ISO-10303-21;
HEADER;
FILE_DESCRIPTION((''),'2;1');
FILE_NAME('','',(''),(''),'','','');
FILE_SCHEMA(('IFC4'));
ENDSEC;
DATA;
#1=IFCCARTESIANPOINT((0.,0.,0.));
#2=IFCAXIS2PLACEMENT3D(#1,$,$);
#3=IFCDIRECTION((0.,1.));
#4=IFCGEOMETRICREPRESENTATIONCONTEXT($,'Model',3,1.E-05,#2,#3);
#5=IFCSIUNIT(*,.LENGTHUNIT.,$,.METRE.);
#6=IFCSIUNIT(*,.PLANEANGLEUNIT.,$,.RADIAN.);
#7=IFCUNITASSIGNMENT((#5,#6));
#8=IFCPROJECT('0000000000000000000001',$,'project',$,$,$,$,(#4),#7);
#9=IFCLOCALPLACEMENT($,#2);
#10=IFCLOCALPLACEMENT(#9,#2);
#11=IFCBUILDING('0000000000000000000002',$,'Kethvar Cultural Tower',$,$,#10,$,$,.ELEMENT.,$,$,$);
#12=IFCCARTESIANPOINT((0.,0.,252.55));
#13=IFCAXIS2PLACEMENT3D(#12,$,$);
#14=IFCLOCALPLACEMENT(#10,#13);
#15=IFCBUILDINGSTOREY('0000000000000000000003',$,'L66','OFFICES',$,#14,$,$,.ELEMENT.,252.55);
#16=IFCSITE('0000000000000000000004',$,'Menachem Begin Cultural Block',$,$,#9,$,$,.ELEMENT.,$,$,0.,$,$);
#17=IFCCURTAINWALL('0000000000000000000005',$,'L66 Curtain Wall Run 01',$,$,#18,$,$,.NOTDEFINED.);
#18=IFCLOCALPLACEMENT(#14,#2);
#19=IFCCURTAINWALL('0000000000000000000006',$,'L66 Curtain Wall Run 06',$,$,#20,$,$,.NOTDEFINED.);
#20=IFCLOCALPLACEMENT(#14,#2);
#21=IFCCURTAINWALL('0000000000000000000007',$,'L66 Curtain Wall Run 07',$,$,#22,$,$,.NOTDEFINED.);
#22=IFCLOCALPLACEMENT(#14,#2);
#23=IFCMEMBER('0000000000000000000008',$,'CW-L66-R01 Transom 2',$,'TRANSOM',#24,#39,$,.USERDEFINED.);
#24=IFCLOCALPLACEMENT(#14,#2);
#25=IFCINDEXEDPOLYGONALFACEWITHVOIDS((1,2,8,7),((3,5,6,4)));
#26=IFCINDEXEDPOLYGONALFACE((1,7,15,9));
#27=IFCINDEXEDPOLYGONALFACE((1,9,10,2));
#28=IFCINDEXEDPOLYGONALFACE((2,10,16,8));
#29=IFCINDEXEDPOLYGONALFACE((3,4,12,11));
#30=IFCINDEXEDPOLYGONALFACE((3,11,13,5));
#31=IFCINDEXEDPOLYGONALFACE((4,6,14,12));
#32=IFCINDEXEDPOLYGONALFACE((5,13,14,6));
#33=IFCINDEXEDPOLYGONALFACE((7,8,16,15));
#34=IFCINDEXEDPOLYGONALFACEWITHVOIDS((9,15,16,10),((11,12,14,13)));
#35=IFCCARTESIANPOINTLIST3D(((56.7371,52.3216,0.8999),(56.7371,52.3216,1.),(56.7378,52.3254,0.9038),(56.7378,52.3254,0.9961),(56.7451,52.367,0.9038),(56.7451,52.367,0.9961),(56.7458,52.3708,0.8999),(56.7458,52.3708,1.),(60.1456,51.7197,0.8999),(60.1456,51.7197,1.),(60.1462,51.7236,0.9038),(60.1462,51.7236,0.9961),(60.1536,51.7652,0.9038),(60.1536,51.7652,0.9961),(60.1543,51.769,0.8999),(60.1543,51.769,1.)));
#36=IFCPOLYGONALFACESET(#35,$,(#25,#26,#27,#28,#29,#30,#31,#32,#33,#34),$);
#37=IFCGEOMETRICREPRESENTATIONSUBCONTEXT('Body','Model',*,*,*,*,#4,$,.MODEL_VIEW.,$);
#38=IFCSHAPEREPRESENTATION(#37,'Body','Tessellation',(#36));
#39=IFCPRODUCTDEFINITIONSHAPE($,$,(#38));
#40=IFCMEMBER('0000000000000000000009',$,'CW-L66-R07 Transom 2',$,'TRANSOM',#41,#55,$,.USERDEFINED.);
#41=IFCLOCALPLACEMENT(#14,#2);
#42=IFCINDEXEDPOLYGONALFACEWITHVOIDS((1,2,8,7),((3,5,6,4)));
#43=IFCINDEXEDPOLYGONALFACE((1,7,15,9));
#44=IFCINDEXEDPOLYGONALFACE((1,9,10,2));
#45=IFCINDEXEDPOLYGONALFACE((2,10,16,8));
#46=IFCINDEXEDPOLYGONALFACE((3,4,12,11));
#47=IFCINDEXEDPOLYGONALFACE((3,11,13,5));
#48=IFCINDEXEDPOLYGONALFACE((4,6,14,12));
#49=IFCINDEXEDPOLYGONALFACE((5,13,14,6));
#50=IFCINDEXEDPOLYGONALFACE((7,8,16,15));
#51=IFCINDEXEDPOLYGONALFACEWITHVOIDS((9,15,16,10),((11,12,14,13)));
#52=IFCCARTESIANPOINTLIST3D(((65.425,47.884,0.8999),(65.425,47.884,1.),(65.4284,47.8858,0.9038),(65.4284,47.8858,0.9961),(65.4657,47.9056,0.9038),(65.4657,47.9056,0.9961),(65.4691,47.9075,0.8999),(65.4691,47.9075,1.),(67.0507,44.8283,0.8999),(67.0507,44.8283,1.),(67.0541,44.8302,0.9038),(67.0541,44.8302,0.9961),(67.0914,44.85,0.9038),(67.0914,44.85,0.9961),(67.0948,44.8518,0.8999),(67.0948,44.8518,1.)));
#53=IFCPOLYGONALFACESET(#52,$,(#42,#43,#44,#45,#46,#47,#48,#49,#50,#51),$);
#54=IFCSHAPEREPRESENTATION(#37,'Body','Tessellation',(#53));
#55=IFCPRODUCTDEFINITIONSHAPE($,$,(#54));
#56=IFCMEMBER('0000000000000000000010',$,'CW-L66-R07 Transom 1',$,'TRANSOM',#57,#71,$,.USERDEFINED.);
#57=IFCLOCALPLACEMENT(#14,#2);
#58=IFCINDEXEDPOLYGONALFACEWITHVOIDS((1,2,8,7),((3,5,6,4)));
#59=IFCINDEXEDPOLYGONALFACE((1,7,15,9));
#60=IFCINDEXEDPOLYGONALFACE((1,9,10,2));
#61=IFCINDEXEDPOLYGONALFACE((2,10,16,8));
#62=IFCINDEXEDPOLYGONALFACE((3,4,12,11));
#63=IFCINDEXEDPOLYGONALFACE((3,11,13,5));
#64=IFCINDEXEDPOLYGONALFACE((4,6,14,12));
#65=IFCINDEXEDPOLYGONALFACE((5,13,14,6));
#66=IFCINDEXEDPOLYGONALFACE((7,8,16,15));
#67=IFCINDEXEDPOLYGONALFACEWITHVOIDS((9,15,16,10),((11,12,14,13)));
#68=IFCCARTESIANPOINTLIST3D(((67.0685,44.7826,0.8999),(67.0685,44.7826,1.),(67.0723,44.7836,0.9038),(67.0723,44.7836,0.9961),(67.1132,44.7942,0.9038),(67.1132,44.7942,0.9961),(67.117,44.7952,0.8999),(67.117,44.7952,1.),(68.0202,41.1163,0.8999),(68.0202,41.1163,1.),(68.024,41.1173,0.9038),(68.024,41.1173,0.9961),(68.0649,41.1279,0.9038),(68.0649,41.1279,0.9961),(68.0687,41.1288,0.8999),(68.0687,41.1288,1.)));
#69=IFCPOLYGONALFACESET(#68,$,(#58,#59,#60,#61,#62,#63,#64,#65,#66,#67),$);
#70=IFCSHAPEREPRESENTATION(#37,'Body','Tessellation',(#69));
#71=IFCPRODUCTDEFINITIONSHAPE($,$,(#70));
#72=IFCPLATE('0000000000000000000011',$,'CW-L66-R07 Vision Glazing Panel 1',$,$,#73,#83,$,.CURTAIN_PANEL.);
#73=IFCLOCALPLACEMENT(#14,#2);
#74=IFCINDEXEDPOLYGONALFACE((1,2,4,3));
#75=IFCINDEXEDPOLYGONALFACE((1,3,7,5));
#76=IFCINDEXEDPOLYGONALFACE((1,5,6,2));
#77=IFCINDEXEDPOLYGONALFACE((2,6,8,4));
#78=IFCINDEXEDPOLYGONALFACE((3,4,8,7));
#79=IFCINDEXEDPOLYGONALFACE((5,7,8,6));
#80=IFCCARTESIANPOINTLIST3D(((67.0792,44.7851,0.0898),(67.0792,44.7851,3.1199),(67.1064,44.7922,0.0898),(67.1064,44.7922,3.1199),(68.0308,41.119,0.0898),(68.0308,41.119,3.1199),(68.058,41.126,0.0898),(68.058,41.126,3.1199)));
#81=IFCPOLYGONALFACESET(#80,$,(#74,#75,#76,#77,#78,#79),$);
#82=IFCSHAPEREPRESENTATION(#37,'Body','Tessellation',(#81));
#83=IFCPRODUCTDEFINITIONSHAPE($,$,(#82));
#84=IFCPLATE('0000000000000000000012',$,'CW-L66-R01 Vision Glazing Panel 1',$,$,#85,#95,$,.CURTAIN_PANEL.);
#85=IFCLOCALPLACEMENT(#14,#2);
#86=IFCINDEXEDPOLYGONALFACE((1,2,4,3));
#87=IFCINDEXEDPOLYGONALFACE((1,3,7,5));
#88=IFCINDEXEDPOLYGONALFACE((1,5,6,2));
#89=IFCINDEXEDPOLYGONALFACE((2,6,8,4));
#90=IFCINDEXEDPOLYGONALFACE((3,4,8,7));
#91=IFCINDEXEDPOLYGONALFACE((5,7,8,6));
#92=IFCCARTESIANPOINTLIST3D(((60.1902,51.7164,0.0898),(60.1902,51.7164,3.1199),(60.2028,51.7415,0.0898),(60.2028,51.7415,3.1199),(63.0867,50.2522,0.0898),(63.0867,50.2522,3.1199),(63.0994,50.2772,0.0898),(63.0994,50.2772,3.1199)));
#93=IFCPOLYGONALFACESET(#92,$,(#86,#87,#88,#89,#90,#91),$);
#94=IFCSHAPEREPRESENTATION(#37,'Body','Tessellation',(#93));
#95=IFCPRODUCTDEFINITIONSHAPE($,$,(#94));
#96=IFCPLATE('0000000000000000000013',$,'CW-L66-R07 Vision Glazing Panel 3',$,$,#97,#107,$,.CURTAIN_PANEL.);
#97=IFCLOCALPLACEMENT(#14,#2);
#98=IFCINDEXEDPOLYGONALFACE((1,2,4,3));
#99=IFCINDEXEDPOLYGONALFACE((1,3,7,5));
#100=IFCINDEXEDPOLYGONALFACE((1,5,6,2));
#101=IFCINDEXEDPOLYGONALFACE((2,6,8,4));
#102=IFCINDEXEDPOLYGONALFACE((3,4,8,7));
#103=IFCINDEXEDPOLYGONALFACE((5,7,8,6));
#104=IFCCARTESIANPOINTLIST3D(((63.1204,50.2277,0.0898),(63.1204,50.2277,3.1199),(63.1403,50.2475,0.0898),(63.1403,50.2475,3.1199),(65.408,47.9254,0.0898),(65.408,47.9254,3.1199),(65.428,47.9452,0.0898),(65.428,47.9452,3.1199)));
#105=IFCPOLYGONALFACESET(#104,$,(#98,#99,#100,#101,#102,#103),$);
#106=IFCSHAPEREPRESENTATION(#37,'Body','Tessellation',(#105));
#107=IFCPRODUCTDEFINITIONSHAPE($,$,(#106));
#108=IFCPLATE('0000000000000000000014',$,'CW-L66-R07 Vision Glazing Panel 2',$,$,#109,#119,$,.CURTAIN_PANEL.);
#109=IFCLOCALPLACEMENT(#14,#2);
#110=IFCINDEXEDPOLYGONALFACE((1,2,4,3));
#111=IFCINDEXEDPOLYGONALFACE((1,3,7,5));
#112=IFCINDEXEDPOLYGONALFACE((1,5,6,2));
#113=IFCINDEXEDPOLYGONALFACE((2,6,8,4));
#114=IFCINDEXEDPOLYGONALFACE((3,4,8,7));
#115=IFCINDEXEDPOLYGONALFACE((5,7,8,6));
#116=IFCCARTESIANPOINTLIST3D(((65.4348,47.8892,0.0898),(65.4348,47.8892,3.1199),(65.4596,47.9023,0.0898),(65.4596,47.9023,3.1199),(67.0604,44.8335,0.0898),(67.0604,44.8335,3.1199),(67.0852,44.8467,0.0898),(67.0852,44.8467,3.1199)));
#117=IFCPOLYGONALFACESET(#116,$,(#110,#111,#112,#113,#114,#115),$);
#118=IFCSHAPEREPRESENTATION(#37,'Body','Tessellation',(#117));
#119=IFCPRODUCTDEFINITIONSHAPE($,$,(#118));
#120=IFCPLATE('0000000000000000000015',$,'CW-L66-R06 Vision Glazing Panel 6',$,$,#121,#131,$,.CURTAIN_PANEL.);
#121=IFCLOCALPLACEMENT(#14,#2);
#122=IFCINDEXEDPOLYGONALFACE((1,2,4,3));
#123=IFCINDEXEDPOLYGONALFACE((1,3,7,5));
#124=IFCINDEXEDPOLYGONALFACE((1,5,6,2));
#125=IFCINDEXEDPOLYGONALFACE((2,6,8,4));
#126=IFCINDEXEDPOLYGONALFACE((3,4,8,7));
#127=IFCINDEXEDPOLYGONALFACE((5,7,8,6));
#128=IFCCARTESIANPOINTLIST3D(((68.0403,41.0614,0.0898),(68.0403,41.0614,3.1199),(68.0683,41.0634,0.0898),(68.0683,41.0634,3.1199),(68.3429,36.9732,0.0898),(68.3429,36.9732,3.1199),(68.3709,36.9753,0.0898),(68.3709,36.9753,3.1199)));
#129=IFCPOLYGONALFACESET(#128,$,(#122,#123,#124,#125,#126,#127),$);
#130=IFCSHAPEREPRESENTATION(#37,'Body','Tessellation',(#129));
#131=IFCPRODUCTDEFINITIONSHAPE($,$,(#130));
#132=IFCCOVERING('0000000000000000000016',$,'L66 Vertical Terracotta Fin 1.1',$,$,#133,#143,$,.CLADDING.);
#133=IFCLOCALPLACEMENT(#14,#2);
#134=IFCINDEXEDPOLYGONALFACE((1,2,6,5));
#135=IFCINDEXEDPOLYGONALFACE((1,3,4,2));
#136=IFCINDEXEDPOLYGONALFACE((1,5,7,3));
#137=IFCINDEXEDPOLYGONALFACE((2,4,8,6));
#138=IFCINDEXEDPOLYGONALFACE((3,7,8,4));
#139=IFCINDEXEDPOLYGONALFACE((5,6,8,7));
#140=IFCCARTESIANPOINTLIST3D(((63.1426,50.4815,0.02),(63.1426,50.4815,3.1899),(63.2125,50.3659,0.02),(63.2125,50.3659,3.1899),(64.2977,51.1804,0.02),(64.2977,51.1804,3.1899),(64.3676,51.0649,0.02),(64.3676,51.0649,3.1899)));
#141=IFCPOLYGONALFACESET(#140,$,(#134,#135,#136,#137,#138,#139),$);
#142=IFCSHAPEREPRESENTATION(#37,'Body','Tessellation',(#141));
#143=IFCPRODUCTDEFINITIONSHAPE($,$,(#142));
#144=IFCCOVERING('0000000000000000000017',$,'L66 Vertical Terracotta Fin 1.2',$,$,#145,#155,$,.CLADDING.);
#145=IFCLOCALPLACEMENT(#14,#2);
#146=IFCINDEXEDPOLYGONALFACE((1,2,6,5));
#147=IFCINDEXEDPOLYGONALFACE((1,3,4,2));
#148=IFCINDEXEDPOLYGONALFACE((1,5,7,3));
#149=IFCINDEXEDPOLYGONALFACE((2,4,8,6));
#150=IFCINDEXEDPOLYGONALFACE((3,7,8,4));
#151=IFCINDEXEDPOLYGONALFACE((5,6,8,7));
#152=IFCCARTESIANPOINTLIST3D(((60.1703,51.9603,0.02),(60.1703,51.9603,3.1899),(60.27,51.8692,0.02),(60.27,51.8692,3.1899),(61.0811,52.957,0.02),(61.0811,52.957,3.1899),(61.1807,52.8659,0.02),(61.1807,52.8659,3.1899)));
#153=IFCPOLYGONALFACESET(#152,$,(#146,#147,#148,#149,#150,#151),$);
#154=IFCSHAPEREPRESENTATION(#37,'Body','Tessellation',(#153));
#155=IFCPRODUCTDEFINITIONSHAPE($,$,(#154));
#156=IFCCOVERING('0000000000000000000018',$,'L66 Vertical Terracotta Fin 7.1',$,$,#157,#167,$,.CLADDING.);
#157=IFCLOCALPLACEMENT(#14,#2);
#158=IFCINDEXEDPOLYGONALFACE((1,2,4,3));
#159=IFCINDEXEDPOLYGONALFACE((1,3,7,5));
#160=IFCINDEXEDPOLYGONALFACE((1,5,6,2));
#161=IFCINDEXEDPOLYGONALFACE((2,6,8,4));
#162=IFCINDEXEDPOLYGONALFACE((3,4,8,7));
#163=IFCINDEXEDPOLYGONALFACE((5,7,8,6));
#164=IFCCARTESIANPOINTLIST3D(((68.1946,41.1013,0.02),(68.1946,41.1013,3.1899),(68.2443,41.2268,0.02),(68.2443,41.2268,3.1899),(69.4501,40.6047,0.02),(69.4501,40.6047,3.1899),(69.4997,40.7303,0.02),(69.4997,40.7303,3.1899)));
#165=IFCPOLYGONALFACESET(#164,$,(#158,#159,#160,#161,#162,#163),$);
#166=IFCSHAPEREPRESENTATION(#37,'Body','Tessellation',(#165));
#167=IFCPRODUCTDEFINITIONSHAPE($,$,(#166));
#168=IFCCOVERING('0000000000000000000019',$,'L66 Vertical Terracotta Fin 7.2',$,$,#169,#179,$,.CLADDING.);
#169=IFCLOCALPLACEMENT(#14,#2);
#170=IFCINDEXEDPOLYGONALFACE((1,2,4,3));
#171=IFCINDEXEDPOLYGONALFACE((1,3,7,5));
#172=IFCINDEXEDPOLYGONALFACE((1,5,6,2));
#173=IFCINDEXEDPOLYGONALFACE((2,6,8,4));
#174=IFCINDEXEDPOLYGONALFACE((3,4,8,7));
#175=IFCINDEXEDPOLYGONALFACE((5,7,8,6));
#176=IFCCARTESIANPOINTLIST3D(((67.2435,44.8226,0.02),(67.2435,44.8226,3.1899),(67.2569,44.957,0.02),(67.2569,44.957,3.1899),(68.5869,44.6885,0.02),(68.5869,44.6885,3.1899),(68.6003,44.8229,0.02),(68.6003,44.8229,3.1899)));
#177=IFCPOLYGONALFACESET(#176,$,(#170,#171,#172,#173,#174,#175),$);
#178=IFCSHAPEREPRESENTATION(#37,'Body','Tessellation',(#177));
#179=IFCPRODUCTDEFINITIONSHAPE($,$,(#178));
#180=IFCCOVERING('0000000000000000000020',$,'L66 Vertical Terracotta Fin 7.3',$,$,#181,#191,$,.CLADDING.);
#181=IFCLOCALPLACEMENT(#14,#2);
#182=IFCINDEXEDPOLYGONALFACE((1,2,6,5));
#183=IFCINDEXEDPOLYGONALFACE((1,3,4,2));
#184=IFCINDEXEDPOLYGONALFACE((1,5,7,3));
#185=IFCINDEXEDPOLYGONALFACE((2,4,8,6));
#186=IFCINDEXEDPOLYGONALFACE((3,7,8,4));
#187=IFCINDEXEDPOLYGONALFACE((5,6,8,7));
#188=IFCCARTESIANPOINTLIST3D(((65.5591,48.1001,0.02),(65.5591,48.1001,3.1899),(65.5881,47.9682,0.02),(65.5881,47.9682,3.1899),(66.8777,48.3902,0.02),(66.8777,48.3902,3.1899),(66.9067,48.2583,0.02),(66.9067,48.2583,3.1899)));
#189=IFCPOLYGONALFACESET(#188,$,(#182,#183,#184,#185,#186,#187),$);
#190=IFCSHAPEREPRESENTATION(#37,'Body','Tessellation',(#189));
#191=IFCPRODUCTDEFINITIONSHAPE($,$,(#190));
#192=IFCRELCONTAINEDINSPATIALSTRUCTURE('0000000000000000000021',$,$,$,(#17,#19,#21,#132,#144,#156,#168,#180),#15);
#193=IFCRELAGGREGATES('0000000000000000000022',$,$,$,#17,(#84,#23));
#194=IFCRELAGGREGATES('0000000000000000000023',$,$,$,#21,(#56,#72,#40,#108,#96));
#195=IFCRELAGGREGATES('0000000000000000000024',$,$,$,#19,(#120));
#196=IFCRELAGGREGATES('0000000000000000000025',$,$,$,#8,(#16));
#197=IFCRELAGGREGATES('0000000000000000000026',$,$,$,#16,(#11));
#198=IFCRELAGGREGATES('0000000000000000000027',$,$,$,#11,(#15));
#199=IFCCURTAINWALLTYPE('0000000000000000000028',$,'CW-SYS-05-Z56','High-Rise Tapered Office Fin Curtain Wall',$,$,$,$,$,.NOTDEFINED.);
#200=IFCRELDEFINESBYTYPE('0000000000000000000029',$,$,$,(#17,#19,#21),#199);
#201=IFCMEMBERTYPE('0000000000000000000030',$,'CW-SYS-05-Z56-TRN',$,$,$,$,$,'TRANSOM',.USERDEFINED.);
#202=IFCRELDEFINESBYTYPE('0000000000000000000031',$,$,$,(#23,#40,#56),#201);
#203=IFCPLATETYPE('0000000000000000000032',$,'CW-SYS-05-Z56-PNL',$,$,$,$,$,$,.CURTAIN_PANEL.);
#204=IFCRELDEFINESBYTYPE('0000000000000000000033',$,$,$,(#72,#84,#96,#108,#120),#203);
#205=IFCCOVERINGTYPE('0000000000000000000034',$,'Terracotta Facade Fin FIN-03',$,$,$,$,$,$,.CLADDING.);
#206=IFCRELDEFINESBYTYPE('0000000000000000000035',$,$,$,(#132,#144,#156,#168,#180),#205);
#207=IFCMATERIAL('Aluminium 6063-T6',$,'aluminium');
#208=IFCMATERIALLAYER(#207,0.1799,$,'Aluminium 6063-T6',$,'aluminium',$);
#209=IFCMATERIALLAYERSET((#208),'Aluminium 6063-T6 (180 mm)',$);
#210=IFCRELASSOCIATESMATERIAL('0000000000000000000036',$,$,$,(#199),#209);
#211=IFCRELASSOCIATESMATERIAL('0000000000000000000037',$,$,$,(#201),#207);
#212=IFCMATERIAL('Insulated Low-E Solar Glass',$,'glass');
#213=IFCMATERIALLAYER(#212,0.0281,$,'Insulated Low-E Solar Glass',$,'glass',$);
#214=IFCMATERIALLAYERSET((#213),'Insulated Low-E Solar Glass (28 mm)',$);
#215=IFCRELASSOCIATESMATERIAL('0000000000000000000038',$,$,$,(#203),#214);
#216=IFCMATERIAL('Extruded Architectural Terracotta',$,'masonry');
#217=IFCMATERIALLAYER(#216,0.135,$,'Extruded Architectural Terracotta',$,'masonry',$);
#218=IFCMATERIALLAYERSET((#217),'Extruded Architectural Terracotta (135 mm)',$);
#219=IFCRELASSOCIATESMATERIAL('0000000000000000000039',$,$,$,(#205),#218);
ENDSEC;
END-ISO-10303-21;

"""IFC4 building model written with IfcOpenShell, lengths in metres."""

from ifc_helpers import new_model, si_unit, direction, frame, origin, origin_2d, place, context, subcontext, project, spatial, rectangle, hollow_rectangle, extrude, source, transform, mapped, material, layer, layer_set, material_profile, profile_set, type_object, element, aggregate, save


model = new_model("IFC4")

# Units and contexts
model_context = context("Model", 3, precision=1e-05, world=origin(), true_north=direction((0.0, 1.0)))
body_context = subcontext(model_context, "Body", "Model", "MODEL_VIEW")
ifc_project = project(units=[si_unit("LENGTHUNIT", "METRE"), si_unit("PLANEANGLEUNIT", "RADIAN")], contexts=[model_context])

# Site, building, storey
site_placement = place(None, origin())
site = spatial("IfcSite", under=ifc_project, at=site_placement, Name="Menachem Begin Cultural Block", CompositionType="ELEMENT", RefElevation=0.0)
building_placement = place(site_placement, origin())
building = spatial("IfcBuilding", under=site, at=building_placement, Name="Kethvar Cultural Tower", CompositionType="ELEMENT")
storey_placement = place(building_placement, frame((0.0, 0.0, 252.55)))
storey = spatial("IfcBuildingStorey", under=building, at=storey_placement, Name="L66", Description="OFFICES", CompositionType="ELEMENT", Elevation=252.55)

# Curtain wall
ifc_material_1 = material(Name="Aluminium 6063-T6", Category="aluminium")
ifc_layer_1 = layer(ifc_material_1, 0.1799, Name="Aluminium 6063-T6", Category="aluminium")
ifc_layer_set_1 = layer_set([ifc_layer_1], Name="Aluminium 6063-T6 (180 mm)")
curtain_wall_type = type_object("IfcCurtainWallType", Name="CW-SYS-05-Z56", Description="High-Rise Tapered Office Fin Curtain Wall", PredefinedType="NOTDEFINED", material=ifc_layer_set_1)
curtain_wall_1_placement = place(storey_placement, origin())
curtain_wall_1 = element("IfcCurtainWall", 1, at=curtain_wall_1_placement, inside=storey, type_object=curtain_wall_type, Name="L66 Curtain Wall Run 01", PredefinedType="NOTDEFINED")

# Curtain wall
curtain_wall_2_placement = place(storey_placement, origin())
curtain_wall_2 = element("IfcCurtainWall", 2, at=curtain_wall_2_placement, inside=storey, type_object=curtain_wall_type, Name="L66 Curtain Wall Run 06", PredefinedType="NOTDEFINED")

# Curtain wall
curtain_wall_3_placement = place(storey_placement, origin())
curtain_wall_3 = element("IfcCurtainWall", 3, at=curtain_wall_3_placement, inside=storey, type_object=curtain_wall_type, Name="L66 Curtain Wall Run 07", PredefinedType="NOTDEFINED")

# Members
ifc_material_profile_1 = material_profile(ifc_material_1, hollow_rectangle(XDim=0.05, YDim=0.1001, WallThickness=0.0039, at=origin_2d()), Name="Aluminium 6063-T6 — RHS100x50x4")
ifc_profile_set_1 = profile_set([ifc_material_profile_1], Name="Aluminium 6063-T6 — RHS100x50x4")
member_type_1 = type_object("IfcMemberType", Name="CW-SYS-05-Z56-TRN", ElementType="TRANSOM", PredefinedType="USERDEFINED", material=ifc_profile_set_1)
shared_shape_1 = source(origin(), body_context, "Body", "SweptSolid", [
    extrude(hollow_rectangle(XDim=0.05, YDim=0.1001, WallThickness=0.0039, at=origin_2d()), origin(), (0.0, 0.0, 1.0), 3.4612),
])
member_1_placement = place(storey_placement, frame((60.1499, 51.7444, 0.95), z_axis=(-0.984768, 0.173874, 0.0), x_axis=(-0.173874, -0.984768, 0.0)))
member_1 = element("IfcMember", 4, at=member_1_placement, type_object=member_type_1, Name="CW-L66-R01 Transom 2", ObjectType="TRANSOM", PredefinedType="USERDEFINED", context=body_context, shape_type="MappedRepresentation", body=[
    mapped(shared_shape_1, transform((0.0, 0.0, 0.0), scale=1.0)),
])
member_2_placement = place(storey_placement, frame((67.0728, 44.8401, 0.95), z_axis=(-0.469698, 0.882827, 0.0), x_axis=(-0.882827, -0.469698, 0.0)))
member_2 = element("IfcMember", 5, at=member_2_placement, type_object=member_type_1, Name="CW-L66-R07 Transom 2", ObjectType="TRANSOM", PredefinedType="USERDEFINED", context=body_context, shape_type="MappedRepresentation", body=[
    mapped(shared_shape_1, transform((0.0, 0.0, 0.0), scale=1.0)),
])
shared_shape_2 = source(origin(), body_context, "Body", "SweptSolid", [
    extrude(hollow_rectangle(XDim=0.05, YDim=0.1001, WallThickness=0.0039, at=origin_2d()), origin(), (0.0, 0.0, 1.0), 3.7878),
])
member_3_placement = place(storey_placement, frame((68.0444, 41.1226, 0.95), z_axis=(-0.251246, 0.967923, 0.0), x_axis=(-0.967923, -0.251246, 0.0)))
member_3 = element("IfcMember", 6, at=member_3_placement, type_object=member_type_1, Name="CW-L66-R07 Transom 1", ObjectType="TRANSOM", PredefinedType="USERDEFINED", context=body_context, shape_type="MappedRepresentation", body=[
    mapped(shared_shape_2, transform((0.0, 0.0, 0.0), scale=1.0)),
])

# Plates
ifc_material_2 = material(Name="Insulated Low-E Solar Glass", Category="glass")
ifc_layer_2 = layer(ifc_material_2, 0.0281, Name="Insulated Low-E Solar Glass", Category="glass")
ifc_layer_set_2 = layer_set([ifc_layer_2], Name="Insulated Low-E Solar Glass (28 mm)")
plate_type = type_object("IfcPlateType", Name="CW-SYS-05-Z56-PNL", PredefinedType="CURTAIN_PANEL", material=ifc_layer_set_2)
shared_shape_3 = source(origin(), body_context, "Body", "SweptSolid", [
    extrude(rectangle(XDim=3.7876, YDim=0.0281, at=origin_2d()), origin(), (0.0, 0.0, 1.0), 3.03),
])
plate_1_placement = place(storey_placement, frame((67.5686, 42.9556, 0.0898), z_axis=(0.0, 0.0, 1.0), x_axis=(-0.251225, 0.967929, 0.0)))
plate_1 = element("IfcPlate", 7, at=plate_1_placement, type_object=plate_type, Name="CW-L66-R07 Vision Glazing Panel 1", PredefinedType="CURTAIN_PANEL", context=body_context, shape_type="MappedRepresentation", body=[
    mapped(shared_shape_3, transform((0.0, 0.0, 0.0), scale=1.0)),
])
shared_shape_4 = source(origin(), body_context, "Body", "SweptSolid", [
    extrude(rectangle(XDim=3.2456, YDim=0.0281, at=origin_2d()), origin(), (0.0, 0.0, 1.0), 3.03),
])
plate_2_placement = place(storey_placement, frame((61.6448, 50.9968, 0.0898), z_axis=(0.0, 0.0, 1.0), x_axis=(-0.892452, 0.451142, 0.0)))
plate_2 = element("IfcPlate", 8, at=plate_2_placement, type_object=plate_type, Name="CW-L66-R01 Vision Glazing Panel 1", PredefinedType="CURTAIN_PANEL", context=body_context, shape_type="MappedRepresentation", body=[
    mapped(shared_shape_4, transform((0.0, 0.0, 0.0), scale=1.0)),
])
aggregate(curtain_wall_1, [plate_2, member_1])
plate_3_placement = place(storey_placement, frame((64.2742, 49.0864, 0.0898), z_axis=(0.0, 0.0, 1.0), x_axis=(-0.704845, 0.709362, 0.0)))
plate_3 = element("IfcPlate", 9, at=plate_3_placement, type_object=plate_type, Name="CW-L66-R07 Vision Glazing Panel 3", PredefinedType="CURTAIN_PANEL", context=body_context, shape_type="MappedRepresentation", body=[
    mapped(shared_shape_4, transform((0.0, 0.0, 0.0), scale=1.0)),
])
shared_shape_5 = source(origin(), body_context, "Body", "SweptSolid", [
    extrude(rectangle(XDim=3.4612, YDim=0.0281, at=origin_2d()), origin(), (0.0, 0.0, 1.0), 3.03),
])
plate_4_placement = place(storey_placement, frame((66.26, 46.3679, 0.0898), z_axis=(0.0, 0.0, 1.0), x_axis=(-0.469672, 0.882841, 0.0)))
plate_4 = element("IfcPlate", 10, at=plate_4_placement, type_object=plate_type, Name="CW-L66-R07 Vision Glazing Panel 2", PredefinedType="CURTAIN_PANEL", context=body_context, shape_type="MappedRepresentation", body=[
    mapped(shared_shape_5, transform((0.0, 0.0, 0.0), scale=1.0)),
])
aggregate(curtain_wall_3, [member_3, plate_1, member_2, plate_4, plate_3])
shared_shape_6 = source(origin(), body_context, "Body", "SweptSolid", [
    extrude(rectangle(XDim=4.0994, YDim=0.0281, at=origin_2d()), origin(), (0.0, 0.0, 1.0), 3.03),
])
plate_5_placement = place(storey_placement, frame((68.2056, 39.0183, 0.0898), z_axis=(0.0, 0.0, 1.0), x_axis=(-0.073813, 0.997272, 0.0)))
plate_5 = element("IfcPlate", 11, at=plate_5_placement, type_object=plate_type, Name="CW-L66-R06 Vision Glazing Panel 6", PredefinedType="CURTAIN_PANEL", context=body_context, shape_type="MappedRepresentation", body=[
    mapped(shared_shape_6, transform((0.0, 0.0, 0.0), scale=1.0)),
])
aggregate(curtain_wall_2, [plate_5])

# Coverings
ifc_material_3 = material(Name="Extruded Architectural Terracotta", Category="masonry")
ifc_layer_3 = layer(ifc_material_3, 0.135, Name="Extruded Architectural Terracotta", Category="masonry")
ifc_layer_set_3 = layer_set([ifc_layer_3], Name="Extruded Architectural Terracotta (135 mm)")
covering_type = type_object("IfcCoveringType", Name="Terracotta Facade Fin FIN-03", PredefinedType="CLADDING", material=ifc_layer_set_3)
shared_shape_7 = source(origin(), body_context, "Body", "SweptSolid", [
    extrude(rectangle(XDim=1.3501, YDim=0.135, at=origin_2d()), origin(), (0.0, 0.0, 1.0), 3.1699),
])
for number, where, z_axis, x_axis, name in (
    (12, (63.7551, 50.7732, 0.02), (0.0, 0.0, 1.0), (0.855545, 0.517728, 0.0), "L66 Vertical Terracotta Fin 1.1"),
    (13, (60.6755, 52.4131, 0.02), (0.0, 0.0, 1.0), (0.67456, 0.73822, 0.0), "L66 Vertical Terracotta Fin 1.2"),
    (14, (68.8472, 40.9158, 0.02), (0.0, 0.0, 1.0), (0.929905, -0.3678, 0.0), "L66 Vertical Terracotta Fin 7.1"),
    (15, (67.9219, 44.8228, 0.02), (0.0, 0.0, 1.0), (0.995056, -0.09932, 0.0), "L66 Vertical Terracotta Fin 7.2"),
    (16, (66.2329, 48.1792, 0.02), (0.0, 0.0, 1.0), (0.976635, 0.214906, 0.0), "L66 Vertical Terracotta Fin 7.3"),
):
    element("IfcCovering", number, at=place(storey_placement, frame(where, z_axis=z_axis, x_axis=x_axis)), inside=storey, type_object=covering_type, Name=name, PredefinedType="CLADDING", context=body_context, shape_type="MappedRepresentation", body=[
        mapped(shared_shape_7, transform((0.0, 0.0, 0.0), scale=1.0)),
    ])

save(model, "model.ifc")
